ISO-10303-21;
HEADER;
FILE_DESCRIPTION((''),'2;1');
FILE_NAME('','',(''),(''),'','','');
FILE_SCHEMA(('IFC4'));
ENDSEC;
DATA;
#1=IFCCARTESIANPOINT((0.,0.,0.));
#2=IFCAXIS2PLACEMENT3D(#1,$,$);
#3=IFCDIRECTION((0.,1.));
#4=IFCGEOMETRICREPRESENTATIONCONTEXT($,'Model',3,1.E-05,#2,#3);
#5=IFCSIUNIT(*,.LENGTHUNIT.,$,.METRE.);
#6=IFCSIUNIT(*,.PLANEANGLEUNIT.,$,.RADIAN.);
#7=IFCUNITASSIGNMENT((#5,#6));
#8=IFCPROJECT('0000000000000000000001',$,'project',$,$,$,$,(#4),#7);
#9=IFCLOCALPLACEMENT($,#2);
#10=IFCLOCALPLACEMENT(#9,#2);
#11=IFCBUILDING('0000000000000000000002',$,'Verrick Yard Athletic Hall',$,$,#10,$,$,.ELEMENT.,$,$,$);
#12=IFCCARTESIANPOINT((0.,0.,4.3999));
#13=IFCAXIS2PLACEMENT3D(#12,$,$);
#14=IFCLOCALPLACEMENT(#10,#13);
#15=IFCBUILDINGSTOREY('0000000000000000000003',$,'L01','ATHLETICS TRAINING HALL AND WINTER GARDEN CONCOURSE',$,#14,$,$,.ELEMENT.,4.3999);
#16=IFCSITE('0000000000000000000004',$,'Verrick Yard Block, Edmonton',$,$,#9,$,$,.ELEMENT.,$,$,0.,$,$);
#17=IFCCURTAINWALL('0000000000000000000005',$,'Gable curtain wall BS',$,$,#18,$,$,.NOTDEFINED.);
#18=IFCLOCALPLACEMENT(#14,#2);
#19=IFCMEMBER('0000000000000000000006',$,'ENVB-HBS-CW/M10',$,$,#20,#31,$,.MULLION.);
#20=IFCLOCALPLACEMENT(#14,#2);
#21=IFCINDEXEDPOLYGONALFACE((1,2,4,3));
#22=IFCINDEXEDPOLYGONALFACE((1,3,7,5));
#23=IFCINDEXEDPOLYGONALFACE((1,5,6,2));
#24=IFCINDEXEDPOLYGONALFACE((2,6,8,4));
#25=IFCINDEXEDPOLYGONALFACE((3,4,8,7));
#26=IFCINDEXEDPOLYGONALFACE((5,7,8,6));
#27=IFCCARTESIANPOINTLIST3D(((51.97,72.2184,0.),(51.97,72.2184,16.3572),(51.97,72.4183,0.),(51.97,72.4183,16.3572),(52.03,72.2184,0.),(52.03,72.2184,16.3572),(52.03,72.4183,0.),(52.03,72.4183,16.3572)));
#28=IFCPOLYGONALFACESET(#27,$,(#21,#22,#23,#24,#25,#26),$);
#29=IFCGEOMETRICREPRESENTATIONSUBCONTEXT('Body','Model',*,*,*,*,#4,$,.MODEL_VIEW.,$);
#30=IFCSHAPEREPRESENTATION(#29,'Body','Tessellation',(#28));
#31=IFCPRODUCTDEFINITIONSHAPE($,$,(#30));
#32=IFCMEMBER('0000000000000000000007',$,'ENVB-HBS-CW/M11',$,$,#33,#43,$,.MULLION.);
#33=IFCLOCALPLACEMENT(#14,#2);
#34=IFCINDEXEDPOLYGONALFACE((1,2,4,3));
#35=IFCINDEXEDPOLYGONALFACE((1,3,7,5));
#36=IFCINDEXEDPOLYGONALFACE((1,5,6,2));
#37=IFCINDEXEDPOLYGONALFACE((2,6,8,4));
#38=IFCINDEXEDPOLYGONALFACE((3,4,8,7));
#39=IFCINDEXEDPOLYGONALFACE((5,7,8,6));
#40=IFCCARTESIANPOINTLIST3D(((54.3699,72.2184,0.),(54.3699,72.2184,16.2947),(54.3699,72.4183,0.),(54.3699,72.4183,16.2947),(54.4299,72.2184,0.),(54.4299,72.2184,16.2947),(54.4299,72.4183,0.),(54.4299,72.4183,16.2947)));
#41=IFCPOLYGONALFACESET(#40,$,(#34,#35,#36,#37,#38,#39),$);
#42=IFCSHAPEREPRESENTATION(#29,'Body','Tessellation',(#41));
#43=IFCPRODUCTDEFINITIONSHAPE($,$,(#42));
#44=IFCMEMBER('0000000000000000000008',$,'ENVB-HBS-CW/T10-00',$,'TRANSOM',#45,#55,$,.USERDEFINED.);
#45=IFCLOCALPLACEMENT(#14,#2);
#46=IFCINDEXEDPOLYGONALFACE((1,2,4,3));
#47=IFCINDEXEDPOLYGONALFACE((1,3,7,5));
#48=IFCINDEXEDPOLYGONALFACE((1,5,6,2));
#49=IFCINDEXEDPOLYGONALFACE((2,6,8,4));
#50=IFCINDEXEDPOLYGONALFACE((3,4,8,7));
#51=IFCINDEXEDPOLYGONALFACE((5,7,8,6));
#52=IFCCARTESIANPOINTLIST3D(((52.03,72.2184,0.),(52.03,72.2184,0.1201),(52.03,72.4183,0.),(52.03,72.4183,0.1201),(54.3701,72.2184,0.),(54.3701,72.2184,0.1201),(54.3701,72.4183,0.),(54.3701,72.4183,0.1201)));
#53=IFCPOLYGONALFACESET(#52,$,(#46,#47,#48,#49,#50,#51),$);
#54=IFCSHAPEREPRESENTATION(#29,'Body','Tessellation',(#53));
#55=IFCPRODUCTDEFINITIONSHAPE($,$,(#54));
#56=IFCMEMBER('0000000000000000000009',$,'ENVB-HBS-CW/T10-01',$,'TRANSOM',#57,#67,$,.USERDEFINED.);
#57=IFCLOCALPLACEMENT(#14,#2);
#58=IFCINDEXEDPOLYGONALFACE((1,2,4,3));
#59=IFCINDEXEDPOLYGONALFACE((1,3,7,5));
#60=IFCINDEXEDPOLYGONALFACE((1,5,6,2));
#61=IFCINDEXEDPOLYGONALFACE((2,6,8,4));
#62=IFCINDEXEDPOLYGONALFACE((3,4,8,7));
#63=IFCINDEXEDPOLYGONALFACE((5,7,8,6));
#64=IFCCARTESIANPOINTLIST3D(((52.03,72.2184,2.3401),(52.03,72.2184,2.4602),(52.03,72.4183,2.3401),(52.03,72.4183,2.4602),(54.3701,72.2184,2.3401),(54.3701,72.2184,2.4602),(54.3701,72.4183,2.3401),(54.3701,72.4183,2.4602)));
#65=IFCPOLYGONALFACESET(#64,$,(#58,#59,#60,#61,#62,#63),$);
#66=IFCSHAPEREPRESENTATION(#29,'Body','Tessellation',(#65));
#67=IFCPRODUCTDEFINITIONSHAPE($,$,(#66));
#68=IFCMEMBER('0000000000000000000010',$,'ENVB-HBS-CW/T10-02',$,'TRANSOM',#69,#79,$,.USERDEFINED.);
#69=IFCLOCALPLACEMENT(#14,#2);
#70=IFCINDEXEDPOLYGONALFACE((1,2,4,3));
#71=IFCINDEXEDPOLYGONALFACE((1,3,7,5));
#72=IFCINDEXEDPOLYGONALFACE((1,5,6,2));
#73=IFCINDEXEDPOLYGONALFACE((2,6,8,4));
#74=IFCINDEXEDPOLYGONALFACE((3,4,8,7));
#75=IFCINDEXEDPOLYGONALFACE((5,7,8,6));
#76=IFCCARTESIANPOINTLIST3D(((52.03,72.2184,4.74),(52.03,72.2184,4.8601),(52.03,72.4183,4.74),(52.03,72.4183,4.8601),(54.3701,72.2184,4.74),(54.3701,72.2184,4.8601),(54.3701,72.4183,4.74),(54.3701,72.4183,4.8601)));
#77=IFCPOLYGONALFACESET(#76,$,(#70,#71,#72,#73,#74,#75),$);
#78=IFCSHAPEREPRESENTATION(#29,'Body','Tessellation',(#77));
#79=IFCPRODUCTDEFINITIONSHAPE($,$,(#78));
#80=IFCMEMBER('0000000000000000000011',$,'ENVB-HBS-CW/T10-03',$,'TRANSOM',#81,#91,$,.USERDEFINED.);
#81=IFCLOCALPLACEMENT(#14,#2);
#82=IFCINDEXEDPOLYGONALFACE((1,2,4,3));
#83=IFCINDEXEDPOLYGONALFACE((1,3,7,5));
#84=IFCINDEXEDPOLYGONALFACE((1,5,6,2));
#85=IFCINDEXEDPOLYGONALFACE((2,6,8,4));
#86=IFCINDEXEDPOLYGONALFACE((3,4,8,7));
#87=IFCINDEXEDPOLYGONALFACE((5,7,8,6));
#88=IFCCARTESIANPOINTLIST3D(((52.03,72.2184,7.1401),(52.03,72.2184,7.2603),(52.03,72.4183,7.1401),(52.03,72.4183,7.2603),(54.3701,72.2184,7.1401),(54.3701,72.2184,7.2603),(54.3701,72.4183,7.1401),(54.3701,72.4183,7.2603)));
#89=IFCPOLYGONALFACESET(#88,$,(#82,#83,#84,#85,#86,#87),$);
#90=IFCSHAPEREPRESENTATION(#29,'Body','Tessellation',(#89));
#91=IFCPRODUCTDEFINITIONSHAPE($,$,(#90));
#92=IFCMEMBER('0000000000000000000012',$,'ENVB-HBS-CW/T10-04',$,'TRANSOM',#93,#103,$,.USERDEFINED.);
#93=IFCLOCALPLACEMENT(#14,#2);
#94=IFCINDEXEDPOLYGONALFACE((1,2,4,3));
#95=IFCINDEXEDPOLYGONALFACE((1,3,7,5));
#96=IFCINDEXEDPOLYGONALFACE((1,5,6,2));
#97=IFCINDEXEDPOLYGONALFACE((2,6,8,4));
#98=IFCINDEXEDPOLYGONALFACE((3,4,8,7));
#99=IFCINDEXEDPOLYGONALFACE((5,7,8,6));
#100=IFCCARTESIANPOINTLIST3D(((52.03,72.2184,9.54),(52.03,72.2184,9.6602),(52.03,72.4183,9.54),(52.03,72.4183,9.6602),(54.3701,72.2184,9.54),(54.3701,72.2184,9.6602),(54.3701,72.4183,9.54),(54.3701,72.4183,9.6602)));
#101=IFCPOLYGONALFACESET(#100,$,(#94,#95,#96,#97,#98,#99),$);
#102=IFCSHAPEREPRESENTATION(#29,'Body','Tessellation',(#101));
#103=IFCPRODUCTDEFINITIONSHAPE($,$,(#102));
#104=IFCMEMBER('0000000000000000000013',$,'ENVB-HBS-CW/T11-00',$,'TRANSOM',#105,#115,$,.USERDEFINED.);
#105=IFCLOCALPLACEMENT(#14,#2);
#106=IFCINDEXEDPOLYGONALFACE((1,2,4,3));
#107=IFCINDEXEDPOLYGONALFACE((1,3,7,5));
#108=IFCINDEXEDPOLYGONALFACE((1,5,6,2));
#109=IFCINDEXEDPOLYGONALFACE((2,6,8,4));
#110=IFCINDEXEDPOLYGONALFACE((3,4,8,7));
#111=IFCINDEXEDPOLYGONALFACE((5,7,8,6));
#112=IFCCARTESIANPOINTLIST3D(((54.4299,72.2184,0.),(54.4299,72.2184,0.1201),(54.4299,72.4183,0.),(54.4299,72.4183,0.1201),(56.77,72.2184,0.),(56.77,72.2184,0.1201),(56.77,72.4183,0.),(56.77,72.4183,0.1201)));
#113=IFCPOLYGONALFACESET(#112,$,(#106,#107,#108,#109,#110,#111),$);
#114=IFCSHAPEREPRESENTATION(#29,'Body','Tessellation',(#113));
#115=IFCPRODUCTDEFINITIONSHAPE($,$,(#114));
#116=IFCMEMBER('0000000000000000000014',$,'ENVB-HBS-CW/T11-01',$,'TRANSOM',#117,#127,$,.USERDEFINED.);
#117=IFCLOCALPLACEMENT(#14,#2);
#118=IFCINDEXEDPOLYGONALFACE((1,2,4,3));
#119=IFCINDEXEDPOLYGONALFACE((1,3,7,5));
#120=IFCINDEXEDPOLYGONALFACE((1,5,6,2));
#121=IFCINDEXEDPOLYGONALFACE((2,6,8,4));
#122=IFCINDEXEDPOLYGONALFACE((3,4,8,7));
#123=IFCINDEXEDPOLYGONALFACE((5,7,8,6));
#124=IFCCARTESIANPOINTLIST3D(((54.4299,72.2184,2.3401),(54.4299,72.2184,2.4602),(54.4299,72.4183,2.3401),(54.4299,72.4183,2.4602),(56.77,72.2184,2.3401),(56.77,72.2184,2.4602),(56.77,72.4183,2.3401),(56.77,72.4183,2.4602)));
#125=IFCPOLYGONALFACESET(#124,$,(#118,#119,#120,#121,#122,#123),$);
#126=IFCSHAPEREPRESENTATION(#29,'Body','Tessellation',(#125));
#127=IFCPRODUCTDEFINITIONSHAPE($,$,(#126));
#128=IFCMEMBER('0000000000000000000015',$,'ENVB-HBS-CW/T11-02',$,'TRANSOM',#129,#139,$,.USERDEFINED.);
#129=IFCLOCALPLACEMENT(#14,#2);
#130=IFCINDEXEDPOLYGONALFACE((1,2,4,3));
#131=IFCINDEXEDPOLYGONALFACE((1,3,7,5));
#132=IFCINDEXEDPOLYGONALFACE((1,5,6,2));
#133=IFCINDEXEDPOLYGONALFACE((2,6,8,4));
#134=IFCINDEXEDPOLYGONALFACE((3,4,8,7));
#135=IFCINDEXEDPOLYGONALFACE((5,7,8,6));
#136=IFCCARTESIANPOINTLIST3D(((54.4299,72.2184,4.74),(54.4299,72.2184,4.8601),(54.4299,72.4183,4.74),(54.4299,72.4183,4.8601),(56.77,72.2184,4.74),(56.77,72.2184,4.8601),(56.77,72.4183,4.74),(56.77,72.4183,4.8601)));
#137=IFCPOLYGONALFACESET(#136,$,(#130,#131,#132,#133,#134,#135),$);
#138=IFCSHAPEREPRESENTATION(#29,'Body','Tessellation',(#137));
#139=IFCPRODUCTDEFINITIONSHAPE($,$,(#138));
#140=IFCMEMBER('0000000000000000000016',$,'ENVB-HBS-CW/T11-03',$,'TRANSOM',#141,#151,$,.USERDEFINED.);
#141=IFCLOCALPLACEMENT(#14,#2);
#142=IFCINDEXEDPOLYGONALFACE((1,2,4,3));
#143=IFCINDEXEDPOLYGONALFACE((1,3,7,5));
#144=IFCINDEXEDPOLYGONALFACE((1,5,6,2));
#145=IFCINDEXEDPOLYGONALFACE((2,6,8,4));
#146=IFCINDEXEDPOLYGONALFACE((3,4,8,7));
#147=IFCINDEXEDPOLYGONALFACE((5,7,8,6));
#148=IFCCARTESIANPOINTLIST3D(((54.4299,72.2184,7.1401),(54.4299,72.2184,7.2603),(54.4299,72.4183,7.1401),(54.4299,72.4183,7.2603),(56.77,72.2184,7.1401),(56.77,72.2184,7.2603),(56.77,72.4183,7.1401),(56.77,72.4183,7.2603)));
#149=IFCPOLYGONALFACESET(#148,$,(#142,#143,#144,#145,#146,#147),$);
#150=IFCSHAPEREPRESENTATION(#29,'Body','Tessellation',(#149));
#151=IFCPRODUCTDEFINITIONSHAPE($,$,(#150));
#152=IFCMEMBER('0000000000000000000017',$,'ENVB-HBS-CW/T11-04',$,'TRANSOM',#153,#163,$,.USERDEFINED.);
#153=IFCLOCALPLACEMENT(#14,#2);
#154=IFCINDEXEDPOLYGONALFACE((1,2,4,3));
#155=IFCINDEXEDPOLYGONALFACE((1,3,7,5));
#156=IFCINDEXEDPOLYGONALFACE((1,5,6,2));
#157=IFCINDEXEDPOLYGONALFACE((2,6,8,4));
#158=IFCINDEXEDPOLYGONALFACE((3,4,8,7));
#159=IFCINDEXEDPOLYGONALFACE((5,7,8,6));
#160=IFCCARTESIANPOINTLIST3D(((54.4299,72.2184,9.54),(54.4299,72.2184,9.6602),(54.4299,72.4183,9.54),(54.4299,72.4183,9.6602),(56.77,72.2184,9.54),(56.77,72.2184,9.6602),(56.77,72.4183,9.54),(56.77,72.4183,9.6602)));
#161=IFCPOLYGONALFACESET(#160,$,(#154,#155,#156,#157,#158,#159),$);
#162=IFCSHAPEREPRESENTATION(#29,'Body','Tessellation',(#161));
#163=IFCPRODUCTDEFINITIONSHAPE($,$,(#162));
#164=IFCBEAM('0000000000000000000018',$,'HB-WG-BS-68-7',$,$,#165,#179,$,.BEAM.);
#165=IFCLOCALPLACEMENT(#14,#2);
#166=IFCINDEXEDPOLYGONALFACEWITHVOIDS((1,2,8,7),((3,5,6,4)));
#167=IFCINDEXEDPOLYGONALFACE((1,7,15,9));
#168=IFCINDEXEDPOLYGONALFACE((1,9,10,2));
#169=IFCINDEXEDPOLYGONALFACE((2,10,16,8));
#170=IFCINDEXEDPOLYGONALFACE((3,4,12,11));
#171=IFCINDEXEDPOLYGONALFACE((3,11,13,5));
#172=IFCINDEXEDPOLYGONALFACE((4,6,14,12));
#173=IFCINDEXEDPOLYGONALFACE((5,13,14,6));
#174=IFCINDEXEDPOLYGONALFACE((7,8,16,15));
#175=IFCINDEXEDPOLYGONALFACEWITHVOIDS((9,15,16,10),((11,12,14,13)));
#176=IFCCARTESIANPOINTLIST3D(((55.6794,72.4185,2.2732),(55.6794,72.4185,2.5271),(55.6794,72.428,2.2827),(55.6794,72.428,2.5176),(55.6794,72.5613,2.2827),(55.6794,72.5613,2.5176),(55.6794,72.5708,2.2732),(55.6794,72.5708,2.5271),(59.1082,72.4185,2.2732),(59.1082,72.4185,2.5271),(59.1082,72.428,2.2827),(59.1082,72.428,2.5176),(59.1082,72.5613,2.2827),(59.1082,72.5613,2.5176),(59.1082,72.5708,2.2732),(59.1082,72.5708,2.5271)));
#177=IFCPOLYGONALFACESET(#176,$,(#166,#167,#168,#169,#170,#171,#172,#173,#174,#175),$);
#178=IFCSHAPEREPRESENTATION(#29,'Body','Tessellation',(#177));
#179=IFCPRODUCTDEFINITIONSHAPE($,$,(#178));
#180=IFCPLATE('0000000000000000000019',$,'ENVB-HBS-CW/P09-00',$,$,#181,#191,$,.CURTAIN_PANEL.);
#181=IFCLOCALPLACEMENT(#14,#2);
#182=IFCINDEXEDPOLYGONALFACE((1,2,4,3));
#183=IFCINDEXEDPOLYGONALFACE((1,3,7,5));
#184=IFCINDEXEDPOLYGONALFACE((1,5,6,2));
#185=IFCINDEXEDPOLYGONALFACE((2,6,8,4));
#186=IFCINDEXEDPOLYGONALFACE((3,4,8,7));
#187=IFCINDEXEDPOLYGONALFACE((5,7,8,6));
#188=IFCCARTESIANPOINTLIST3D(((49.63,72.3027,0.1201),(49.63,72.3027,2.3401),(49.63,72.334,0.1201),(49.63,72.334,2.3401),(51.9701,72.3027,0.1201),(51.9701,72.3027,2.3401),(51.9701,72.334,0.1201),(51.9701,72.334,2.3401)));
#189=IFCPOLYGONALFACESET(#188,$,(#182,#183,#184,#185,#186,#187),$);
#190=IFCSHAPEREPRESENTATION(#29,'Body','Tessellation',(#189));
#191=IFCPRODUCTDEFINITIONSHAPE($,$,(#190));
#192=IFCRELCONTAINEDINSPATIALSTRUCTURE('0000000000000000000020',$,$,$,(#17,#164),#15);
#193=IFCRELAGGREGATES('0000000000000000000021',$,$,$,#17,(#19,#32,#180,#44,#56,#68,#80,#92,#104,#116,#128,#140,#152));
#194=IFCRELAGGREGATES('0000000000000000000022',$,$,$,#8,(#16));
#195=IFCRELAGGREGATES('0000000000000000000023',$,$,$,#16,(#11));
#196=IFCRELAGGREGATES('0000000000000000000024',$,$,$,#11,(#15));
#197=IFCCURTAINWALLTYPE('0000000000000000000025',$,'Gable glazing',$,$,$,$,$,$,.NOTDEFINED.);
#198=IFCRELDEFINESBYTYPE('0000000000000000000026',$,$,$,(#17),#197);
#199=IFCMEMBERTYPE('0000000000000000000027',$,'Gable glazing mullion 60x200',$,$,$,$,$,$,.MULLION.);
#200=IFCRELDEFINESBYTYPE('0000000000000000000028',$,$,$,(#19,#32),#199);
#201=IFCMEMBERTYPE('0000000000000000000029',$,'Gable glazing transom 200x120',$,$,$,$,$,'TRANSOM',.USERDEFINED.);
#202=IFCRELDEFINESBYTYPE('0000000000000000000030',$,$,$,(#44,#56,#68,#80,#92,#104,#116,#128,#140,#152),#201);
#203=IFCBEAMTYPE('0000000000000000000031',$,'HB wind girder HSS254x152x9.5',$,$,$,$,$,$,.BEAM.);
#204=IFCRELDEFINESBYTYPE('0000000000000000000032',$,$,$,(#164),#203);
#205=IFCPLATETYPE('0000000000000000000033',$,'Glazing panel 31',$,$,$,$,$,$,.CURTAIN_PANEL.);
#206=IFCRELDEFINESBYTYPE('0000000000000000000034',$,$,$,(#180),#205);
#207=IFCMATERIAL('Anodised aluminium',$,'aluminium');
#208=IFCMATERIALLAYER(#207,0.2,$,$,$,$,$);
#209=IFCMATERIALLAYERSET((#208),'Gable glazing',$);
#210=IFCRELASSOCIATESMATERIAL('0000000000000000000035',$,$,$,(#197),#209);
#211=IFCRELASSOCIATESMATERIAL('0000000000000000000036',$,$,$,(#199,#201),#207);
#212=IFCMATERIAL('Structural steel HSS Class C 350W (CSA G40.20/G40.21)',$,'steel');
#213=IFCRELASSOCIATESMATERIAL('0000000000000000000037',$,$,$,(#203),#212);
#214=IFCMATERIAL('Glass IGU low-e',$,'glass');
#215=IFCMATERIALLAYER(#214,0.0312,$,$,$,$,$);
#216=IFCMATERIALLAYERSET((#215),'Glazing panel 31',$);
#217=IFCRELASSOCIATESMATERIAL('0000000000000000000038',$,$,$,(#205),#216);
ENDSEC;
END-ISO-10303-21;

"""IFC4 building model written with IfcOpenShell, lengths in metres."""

from ifc_helpers import new_model, si_unit, direction, frame, origin, origin_2d, place, context, subcontext, project, spatial, rectangle, hollow_rectangle, extrude, material, layer, layer_set, material_profile, profile_set, type_object, element, aggregate, save


model = new_model("IFC4")

# Units and contexts
model_context = context("Model", 3, precision=1e-05, world=origin(), true_north=direction((0.0, 1.0)))
body_context = subcontext(model_context, "Body", "Model", "MODEL_VIEW")
ifc_project = project(units=[si_unit("LENGTHUNIT", "METRE"), si_unit("PLANEANGLEUNIT", "RADIAN")], contexts=[model_context])

# Site, building, storey
site_placement = place(None, origin())
site = spatial("IfcSite", under=ifc_project, at=site_placement, Name="Verrick Yard Block, Edmonton", CompositionType="ELEMENT", RefElevation=0.0)
building_placement = place(site_placement, origin())
building = spatial("IfcBuilding", under=site, at=building_placement, Name="Verrick Yard Athletic Hall", CompositionType="ELEMENT")
storey_placement = place(building_placement, frame((0.0, 0.0, 4.3999)))
storey = spatial("IfcBuildingStorey", under=building, at=storey_placement, Name="L01", Description="ATHLETICS TRAINING HALL AND WINTER GARDEN CONCOURSE", CompositionType="ELEMENT", Elevation=4.3999)

# Curtain wall, members
ifc_material_1 = material(Name="Anodised aluminium", Category="aluminium")
ifc_layer_1 = layer(ifc_material_1, 0.2)
ifc_layer_set_1 = layer_set([ifc_layer_1], Name="Gable glazing")
curtain_wall_type = type_object("IfcCurtainWallType", Name="Gable glazing", PredefinedType="NOTDEFINED", material=ifc_layer_set_1)
curtain_wall_placement = place(storey_placement, origin())
curtain_wall = element("IfcCurtainWall", 1, at=curtain_wall_placement, inside=storey, type_object=curtain_wall_type, Name="Gable curtain wall BS", PredefinedType="NOTDEFINED")
ifc_material_profile_1 = material_profile(ifc_material_1, rectangle(XDim=0.2, YDim=0.0601, at=origin_2d()), Name="CW gable mullion 60x200")
ifc_profile_set_1 = profile_set([ifc_material_profile_1], Name="Anodised aluminium")
member_type_1 = type_object("IfcMemberType", Name="Gable glazing mullion 60x200", PredefinedType="MULLION", material=ifc_profile_set_1)
member_1_placement = place(storey_placement, frame((52.0, 72.3184, 0.0), z_axis=(0.0, 0.0, 1.0), x_axis=(0.0, 1.0, 0.0)))
member_1 = element("IfcMember", 2, at=member_1_placement, type_object=member_type_1, Name="ENVB-HBS-CW/M10", PredefinedType="MULLION", context=body_context, shape_type="SweptSolid", body=[
    extrude(rectangle(XDim=0.2, YDim=0.0601, at=origin_2d()), origin(), (0.0, 0.0, 1.0), 16.3572),
])
member_2_placement = place(storey_placement, frame((54.3999, 72.3184, 0.0), z_axis=(0.0, 0.0, 1.0), x_axis=(0.0, 1.0, 0.0)))
member_2 = element("IfcMember", 3, at=member_2_placement, type_object=member_type_1, Name="ENVB-HBS-CW/M11", PredefinedType="MULLION", context=body_context, shape_type="SweptSolid", body=[
    extrude(rectangle(XDim=0.2, YDim=0.0601, at=origin_2d()), origin(), (0.0, 0.0, 1.0), 16.2947),
])
ifc_material_profile_2 = material_profile(ifc_material_1, rectangle(XDim=0.2, YDim=0.1201, at=origin_2d()), Name="CW gable transom 200x120")
ifc_profile_set_2 = profile_set([ifc_material_profile_2], Name="Anodised aluminium")
member_type_2 = type_object("IfcMemberType", Name="Gable glazing transom 200x120", ElementType="TRANSOM", PredefinedType="USERDEFINED", material=ifc_profile_set_2)
member_3_placement = place(storey_placement, frame((52.03, 72.3184, 0.0601), z_axis=(1.0, 0.0, 0.0), x_axis=(0.0, 1.0, 0.0)))
member_3 = element("IfcMember", 4, at=member_3_placement, type_object=member_type_2, Name="ENVB-HBS-CW/T10-00", ObjectType="TRANSOM", PredefinedType="USERDEFINED", context=body_context, shape_type="SweptSolid", body=[
    extrude(rectangle(XDim=0.2, YDim=0.1201, at=origin_2d()), origin(), (0.0, 0.0, 1.0), 2.3401),
])
member_4_placement = place(storey_placement, frame((52.03, 72.3184, 2.4001), z_axis=(1.0, 0.0, 0.0), x_axis=(0.0, 1.0, 0.0)))
member_4 = element("IfcMember", 5, at=member_4_placement, type_object=member_type_2, Name="ENVB-HBS-CW/T10-01", ObjectType="TRANSOM", PredefinedType="USERDEFINED", context=body_context, shape_type="SweptSolid", body=[
    extrude(rectangle(XDim=0.2, YDim=0.1201, at=origin_2d()), origin(), (0.0, 0.0, 1.0), 2.3401),
])
member_5_placement = place(storey_placement, frame((52.03, 72.3184, 4.8), z_axis=(1.0, 0.0, 0.0), x_axis=(0.0, 1.0, 0.0)))
member_5 = element("IfcMember", 6, at=member_5_placement, type_object=member_type_2, Name="ENVB-HBS-CW/T10-02", ObjectType="TRANSOM", PredefinedType="USERDEFINED", context=body_context, shape_type="SweptSolid", body=[
    extrude(rectangle(XDim=0.2, YDim=0.1201, at=origin_2d()), origin(), (0.0, 0.0, 1.0), 2.3401),
])
member_6_placement = place(storey_placement, frame((52.03, 72.3184, 7.2002), z_axis=(1.0, 0.0, 0.0), x_axis=(0.0, 1.0, 0.0)))
member_6 = element("IfcMember", 7, at=member_6_placement, type_object=member_type_2, Name="ENVB-HBS-CW/T10-03", ObjectType="TRANSOM", PredefinedType="USERDEFINED", context=body_context, shape_type="SweptSolid", body=[
    extrude(rectangle(XDim=0.2, YDim=0.1201, at=origin_2d()), origin(), (0.0, 0.0, 1.0), 2.3401),
])
member_7_placement = place(storey_placement, frame((52.03, 72.3184, 9.6001), z_axis=(1.0, 0.0, 0.0), x_axis=(0.0, 1.0, 0.0)))
member_7 = element("IfcMember", 8, at=member_7_placement, type_object=member_type_2, Name="ENVB-HBS-CW/T10-04", ObjectType="TRANSOM", PredefinedType="USERDEFINED", context=body_context, shape_type="SweptSolid", body=[
    extrude(rectangle(XDim=0.2, YDim=0.1201, at=origin_2d()), origin(), (0.0, 0.0, 1.0), 2.3401),
])
member_8_placement = place(storey_placement, frame((54.4299, 72.3184, 0.0601), z_axis=(1.0, 0.0, 0.0), x_axis=(0.0, 1.0, 0.0)))
member_8 = element("IfcMember", 9, at=member_8_placement, type_object=member_type_2, Name="ENVB-HBS-CW/T11-00", ObjectType="TRANSOM", PredefinedType="USERDEFINED", context=body_context, shape_type="SweptSolid", body=[
    extrude(rectangle(XDim=0.2, YDim=0.1201, at=origin_2d()), origin(), (0.0, 0.0, 1.0), 2.3401),
])
member_9_placement = place(storey_placement, frame((54.4299, 72.3184, 2.4001), z_axis=(1.0, 0.0, 0.0), x_axis=(0.0, 1.0, 0.0)))
member_9 = element("IfcMember", 10, at=member_9_placement, type_object=member_type_2, Name="ENVB-HBS-CW/T11-01", ObjectType="TRANSOM", PredefinedType="USERDEFINED", context=body_context, shape_type="SweptSolid", body=[
    extrude(rectangle(XDim=0.2, YDim=0.1201, at=origin_2d()), origin(), (0.0, 0.0, 1.0), 2.3401),
])
member_10_placement = place(storey_placement, frame((54.4299, 72.3184, 4.8), z_axis=(1.0, 0.0, 0.0), x_axis=(0.0, 1.0, 0.0)))
member_10 = element("IfcMember", 11, at=member_10_placement, type_object=member_type_2, Name="ENVB-HBS-CW/T11-02", ObjectType="TRANSOM", PredefinedType="USERDEFINED", context=body_context, shape_type="SweptSolid", body=[
    extrude(rectangle(XDim=0.2, YDim=0.1201, at=origin_2d()), origin(), (0.0, 0.0, 1.0), 2.3401),
])
member_11_placement = place(storey_placement, frame((54.4299, 72.3184, 7.2002), z_axis=(1.0, 0.0, 0.0), x_axis=(0.0, 1.0, 0.0)))
member_11 = element("IfcMember", 12, at=member_11_placement, type_object=member_type_2, Name="ENVB-HBS-CW/T11-03", ObjectType="TRANSOM", PredefinedType="USERDEFINED", context=body_context, shape_type="SweptSolid", body=[
    extrude(rectangle(XDim=0.2, YDim=0.1201, at=origin_2d()), origin(), (0.0, 0.0, 1.0), 2.3401),
])
member_12_placement = place(storey_placement, frame((54.4299, 72.3184, 9.6001), z_axis=(1.0, 0.0, 0.0), x_axis=(0.0, 1.0, 0.0)))
member_12 = element("IfcMember", 13, at=member_12_placement, type_object=member_type_2, Name="ENVB-HBS-CW/T11-04", ObjectType="TRANSOM", PredefinedType="USERDEFINED", context=body_context, shape_type="SweptSolid", body=[
    extrude(rectangle(XDim=0.2, YDim=0.1201, at=origin_2d()), origin(), (0.0, 0.0, 1.0), 2.3401),
])

# Beam
ifc_material_2 = material(Name="Structural steel HSS Class C 350W (CSA G40.20/G40.21)", Category="steel")
ifc_material_profile_3 = material_profile(ifc_material_2, hollow_rectangle(XDim=0.1523, YDim=0.2539, WallThickness=0.0095, at=origin_2d()), Name="HSS254x152x9.5")
ifc_profile_set_3 = profile_set([ifc_material_profile_3], Name="Structural steel HSS Class C 350W (CSA G40.20/G40.21)")
beam_type = type_object("IfcBeamType", Name="HB wind girder HSS254x152x9.5", PredefinedType="BEAM", material=ifc_profile_set_3)
beam_placement = place(storey_placement, frame((55.6794, 72.4946, 2.4001), z_axis=(1.0, 0.0, 0.0), x_axis=(0.0, 1.0, 0.0)))
element("IfcBeam", 14, at=beam_placement, inside=storey, type_object=beam_type, Name="HB-WG-BS-68-7", PredefinedType="BEAM", context=body_context, shape_type="SweptSolid", body=[
    extrude(hollow_rectangle(XDim=0.1523, YDim=0.2539, WallThickness=0.0095, at=origin_2d()), origin(), (0.0, 0.0, 1.0), 3.4287),
])

# Plate
ifc_material_3 = material(Name="Glass IGU low-e", Category="glass")
ifc_layer_2 = layer(ifc_material_3, 0.0312)
ifc_layer_set_2 = layer_set([ifc_layer_2], Name="Glazing panel 31")
plate_type = type_object("IfcPlateType", Name="Glazing panel 31", PredefinedType="CURTAIN_PANEL", material=ifc_layer_set_2)
plate_1_placement = place(storey_placement, frame((50.8, 72.3184, 0.1201), z_axis=(0.0, 0.0, 1.0), x_axis=(1.0, 0.0, 0.0)))
plate_1 = element("IfcPlate", 15, at=plate_1_placement, type_object=plate_type, Name="ENVB-HBS-CW/P09-00", PredefinedType="CURTAIN_PANEL", context=body_context, shape_type="SweptSolid", body=[
    extrude(rectangle(XDim=2.3401, YDim=0.0312, at=origin_2d()), origin(), (0.0, 0.0, 1.0), 2.22),
])
aggregate(curtain_wall, [member_1, member_2, plate_1, member_3, member_4, member_5, member_6, member_7, member_8, member_9, member_10, member_11, member_12])

save(model, "model.ifc")
